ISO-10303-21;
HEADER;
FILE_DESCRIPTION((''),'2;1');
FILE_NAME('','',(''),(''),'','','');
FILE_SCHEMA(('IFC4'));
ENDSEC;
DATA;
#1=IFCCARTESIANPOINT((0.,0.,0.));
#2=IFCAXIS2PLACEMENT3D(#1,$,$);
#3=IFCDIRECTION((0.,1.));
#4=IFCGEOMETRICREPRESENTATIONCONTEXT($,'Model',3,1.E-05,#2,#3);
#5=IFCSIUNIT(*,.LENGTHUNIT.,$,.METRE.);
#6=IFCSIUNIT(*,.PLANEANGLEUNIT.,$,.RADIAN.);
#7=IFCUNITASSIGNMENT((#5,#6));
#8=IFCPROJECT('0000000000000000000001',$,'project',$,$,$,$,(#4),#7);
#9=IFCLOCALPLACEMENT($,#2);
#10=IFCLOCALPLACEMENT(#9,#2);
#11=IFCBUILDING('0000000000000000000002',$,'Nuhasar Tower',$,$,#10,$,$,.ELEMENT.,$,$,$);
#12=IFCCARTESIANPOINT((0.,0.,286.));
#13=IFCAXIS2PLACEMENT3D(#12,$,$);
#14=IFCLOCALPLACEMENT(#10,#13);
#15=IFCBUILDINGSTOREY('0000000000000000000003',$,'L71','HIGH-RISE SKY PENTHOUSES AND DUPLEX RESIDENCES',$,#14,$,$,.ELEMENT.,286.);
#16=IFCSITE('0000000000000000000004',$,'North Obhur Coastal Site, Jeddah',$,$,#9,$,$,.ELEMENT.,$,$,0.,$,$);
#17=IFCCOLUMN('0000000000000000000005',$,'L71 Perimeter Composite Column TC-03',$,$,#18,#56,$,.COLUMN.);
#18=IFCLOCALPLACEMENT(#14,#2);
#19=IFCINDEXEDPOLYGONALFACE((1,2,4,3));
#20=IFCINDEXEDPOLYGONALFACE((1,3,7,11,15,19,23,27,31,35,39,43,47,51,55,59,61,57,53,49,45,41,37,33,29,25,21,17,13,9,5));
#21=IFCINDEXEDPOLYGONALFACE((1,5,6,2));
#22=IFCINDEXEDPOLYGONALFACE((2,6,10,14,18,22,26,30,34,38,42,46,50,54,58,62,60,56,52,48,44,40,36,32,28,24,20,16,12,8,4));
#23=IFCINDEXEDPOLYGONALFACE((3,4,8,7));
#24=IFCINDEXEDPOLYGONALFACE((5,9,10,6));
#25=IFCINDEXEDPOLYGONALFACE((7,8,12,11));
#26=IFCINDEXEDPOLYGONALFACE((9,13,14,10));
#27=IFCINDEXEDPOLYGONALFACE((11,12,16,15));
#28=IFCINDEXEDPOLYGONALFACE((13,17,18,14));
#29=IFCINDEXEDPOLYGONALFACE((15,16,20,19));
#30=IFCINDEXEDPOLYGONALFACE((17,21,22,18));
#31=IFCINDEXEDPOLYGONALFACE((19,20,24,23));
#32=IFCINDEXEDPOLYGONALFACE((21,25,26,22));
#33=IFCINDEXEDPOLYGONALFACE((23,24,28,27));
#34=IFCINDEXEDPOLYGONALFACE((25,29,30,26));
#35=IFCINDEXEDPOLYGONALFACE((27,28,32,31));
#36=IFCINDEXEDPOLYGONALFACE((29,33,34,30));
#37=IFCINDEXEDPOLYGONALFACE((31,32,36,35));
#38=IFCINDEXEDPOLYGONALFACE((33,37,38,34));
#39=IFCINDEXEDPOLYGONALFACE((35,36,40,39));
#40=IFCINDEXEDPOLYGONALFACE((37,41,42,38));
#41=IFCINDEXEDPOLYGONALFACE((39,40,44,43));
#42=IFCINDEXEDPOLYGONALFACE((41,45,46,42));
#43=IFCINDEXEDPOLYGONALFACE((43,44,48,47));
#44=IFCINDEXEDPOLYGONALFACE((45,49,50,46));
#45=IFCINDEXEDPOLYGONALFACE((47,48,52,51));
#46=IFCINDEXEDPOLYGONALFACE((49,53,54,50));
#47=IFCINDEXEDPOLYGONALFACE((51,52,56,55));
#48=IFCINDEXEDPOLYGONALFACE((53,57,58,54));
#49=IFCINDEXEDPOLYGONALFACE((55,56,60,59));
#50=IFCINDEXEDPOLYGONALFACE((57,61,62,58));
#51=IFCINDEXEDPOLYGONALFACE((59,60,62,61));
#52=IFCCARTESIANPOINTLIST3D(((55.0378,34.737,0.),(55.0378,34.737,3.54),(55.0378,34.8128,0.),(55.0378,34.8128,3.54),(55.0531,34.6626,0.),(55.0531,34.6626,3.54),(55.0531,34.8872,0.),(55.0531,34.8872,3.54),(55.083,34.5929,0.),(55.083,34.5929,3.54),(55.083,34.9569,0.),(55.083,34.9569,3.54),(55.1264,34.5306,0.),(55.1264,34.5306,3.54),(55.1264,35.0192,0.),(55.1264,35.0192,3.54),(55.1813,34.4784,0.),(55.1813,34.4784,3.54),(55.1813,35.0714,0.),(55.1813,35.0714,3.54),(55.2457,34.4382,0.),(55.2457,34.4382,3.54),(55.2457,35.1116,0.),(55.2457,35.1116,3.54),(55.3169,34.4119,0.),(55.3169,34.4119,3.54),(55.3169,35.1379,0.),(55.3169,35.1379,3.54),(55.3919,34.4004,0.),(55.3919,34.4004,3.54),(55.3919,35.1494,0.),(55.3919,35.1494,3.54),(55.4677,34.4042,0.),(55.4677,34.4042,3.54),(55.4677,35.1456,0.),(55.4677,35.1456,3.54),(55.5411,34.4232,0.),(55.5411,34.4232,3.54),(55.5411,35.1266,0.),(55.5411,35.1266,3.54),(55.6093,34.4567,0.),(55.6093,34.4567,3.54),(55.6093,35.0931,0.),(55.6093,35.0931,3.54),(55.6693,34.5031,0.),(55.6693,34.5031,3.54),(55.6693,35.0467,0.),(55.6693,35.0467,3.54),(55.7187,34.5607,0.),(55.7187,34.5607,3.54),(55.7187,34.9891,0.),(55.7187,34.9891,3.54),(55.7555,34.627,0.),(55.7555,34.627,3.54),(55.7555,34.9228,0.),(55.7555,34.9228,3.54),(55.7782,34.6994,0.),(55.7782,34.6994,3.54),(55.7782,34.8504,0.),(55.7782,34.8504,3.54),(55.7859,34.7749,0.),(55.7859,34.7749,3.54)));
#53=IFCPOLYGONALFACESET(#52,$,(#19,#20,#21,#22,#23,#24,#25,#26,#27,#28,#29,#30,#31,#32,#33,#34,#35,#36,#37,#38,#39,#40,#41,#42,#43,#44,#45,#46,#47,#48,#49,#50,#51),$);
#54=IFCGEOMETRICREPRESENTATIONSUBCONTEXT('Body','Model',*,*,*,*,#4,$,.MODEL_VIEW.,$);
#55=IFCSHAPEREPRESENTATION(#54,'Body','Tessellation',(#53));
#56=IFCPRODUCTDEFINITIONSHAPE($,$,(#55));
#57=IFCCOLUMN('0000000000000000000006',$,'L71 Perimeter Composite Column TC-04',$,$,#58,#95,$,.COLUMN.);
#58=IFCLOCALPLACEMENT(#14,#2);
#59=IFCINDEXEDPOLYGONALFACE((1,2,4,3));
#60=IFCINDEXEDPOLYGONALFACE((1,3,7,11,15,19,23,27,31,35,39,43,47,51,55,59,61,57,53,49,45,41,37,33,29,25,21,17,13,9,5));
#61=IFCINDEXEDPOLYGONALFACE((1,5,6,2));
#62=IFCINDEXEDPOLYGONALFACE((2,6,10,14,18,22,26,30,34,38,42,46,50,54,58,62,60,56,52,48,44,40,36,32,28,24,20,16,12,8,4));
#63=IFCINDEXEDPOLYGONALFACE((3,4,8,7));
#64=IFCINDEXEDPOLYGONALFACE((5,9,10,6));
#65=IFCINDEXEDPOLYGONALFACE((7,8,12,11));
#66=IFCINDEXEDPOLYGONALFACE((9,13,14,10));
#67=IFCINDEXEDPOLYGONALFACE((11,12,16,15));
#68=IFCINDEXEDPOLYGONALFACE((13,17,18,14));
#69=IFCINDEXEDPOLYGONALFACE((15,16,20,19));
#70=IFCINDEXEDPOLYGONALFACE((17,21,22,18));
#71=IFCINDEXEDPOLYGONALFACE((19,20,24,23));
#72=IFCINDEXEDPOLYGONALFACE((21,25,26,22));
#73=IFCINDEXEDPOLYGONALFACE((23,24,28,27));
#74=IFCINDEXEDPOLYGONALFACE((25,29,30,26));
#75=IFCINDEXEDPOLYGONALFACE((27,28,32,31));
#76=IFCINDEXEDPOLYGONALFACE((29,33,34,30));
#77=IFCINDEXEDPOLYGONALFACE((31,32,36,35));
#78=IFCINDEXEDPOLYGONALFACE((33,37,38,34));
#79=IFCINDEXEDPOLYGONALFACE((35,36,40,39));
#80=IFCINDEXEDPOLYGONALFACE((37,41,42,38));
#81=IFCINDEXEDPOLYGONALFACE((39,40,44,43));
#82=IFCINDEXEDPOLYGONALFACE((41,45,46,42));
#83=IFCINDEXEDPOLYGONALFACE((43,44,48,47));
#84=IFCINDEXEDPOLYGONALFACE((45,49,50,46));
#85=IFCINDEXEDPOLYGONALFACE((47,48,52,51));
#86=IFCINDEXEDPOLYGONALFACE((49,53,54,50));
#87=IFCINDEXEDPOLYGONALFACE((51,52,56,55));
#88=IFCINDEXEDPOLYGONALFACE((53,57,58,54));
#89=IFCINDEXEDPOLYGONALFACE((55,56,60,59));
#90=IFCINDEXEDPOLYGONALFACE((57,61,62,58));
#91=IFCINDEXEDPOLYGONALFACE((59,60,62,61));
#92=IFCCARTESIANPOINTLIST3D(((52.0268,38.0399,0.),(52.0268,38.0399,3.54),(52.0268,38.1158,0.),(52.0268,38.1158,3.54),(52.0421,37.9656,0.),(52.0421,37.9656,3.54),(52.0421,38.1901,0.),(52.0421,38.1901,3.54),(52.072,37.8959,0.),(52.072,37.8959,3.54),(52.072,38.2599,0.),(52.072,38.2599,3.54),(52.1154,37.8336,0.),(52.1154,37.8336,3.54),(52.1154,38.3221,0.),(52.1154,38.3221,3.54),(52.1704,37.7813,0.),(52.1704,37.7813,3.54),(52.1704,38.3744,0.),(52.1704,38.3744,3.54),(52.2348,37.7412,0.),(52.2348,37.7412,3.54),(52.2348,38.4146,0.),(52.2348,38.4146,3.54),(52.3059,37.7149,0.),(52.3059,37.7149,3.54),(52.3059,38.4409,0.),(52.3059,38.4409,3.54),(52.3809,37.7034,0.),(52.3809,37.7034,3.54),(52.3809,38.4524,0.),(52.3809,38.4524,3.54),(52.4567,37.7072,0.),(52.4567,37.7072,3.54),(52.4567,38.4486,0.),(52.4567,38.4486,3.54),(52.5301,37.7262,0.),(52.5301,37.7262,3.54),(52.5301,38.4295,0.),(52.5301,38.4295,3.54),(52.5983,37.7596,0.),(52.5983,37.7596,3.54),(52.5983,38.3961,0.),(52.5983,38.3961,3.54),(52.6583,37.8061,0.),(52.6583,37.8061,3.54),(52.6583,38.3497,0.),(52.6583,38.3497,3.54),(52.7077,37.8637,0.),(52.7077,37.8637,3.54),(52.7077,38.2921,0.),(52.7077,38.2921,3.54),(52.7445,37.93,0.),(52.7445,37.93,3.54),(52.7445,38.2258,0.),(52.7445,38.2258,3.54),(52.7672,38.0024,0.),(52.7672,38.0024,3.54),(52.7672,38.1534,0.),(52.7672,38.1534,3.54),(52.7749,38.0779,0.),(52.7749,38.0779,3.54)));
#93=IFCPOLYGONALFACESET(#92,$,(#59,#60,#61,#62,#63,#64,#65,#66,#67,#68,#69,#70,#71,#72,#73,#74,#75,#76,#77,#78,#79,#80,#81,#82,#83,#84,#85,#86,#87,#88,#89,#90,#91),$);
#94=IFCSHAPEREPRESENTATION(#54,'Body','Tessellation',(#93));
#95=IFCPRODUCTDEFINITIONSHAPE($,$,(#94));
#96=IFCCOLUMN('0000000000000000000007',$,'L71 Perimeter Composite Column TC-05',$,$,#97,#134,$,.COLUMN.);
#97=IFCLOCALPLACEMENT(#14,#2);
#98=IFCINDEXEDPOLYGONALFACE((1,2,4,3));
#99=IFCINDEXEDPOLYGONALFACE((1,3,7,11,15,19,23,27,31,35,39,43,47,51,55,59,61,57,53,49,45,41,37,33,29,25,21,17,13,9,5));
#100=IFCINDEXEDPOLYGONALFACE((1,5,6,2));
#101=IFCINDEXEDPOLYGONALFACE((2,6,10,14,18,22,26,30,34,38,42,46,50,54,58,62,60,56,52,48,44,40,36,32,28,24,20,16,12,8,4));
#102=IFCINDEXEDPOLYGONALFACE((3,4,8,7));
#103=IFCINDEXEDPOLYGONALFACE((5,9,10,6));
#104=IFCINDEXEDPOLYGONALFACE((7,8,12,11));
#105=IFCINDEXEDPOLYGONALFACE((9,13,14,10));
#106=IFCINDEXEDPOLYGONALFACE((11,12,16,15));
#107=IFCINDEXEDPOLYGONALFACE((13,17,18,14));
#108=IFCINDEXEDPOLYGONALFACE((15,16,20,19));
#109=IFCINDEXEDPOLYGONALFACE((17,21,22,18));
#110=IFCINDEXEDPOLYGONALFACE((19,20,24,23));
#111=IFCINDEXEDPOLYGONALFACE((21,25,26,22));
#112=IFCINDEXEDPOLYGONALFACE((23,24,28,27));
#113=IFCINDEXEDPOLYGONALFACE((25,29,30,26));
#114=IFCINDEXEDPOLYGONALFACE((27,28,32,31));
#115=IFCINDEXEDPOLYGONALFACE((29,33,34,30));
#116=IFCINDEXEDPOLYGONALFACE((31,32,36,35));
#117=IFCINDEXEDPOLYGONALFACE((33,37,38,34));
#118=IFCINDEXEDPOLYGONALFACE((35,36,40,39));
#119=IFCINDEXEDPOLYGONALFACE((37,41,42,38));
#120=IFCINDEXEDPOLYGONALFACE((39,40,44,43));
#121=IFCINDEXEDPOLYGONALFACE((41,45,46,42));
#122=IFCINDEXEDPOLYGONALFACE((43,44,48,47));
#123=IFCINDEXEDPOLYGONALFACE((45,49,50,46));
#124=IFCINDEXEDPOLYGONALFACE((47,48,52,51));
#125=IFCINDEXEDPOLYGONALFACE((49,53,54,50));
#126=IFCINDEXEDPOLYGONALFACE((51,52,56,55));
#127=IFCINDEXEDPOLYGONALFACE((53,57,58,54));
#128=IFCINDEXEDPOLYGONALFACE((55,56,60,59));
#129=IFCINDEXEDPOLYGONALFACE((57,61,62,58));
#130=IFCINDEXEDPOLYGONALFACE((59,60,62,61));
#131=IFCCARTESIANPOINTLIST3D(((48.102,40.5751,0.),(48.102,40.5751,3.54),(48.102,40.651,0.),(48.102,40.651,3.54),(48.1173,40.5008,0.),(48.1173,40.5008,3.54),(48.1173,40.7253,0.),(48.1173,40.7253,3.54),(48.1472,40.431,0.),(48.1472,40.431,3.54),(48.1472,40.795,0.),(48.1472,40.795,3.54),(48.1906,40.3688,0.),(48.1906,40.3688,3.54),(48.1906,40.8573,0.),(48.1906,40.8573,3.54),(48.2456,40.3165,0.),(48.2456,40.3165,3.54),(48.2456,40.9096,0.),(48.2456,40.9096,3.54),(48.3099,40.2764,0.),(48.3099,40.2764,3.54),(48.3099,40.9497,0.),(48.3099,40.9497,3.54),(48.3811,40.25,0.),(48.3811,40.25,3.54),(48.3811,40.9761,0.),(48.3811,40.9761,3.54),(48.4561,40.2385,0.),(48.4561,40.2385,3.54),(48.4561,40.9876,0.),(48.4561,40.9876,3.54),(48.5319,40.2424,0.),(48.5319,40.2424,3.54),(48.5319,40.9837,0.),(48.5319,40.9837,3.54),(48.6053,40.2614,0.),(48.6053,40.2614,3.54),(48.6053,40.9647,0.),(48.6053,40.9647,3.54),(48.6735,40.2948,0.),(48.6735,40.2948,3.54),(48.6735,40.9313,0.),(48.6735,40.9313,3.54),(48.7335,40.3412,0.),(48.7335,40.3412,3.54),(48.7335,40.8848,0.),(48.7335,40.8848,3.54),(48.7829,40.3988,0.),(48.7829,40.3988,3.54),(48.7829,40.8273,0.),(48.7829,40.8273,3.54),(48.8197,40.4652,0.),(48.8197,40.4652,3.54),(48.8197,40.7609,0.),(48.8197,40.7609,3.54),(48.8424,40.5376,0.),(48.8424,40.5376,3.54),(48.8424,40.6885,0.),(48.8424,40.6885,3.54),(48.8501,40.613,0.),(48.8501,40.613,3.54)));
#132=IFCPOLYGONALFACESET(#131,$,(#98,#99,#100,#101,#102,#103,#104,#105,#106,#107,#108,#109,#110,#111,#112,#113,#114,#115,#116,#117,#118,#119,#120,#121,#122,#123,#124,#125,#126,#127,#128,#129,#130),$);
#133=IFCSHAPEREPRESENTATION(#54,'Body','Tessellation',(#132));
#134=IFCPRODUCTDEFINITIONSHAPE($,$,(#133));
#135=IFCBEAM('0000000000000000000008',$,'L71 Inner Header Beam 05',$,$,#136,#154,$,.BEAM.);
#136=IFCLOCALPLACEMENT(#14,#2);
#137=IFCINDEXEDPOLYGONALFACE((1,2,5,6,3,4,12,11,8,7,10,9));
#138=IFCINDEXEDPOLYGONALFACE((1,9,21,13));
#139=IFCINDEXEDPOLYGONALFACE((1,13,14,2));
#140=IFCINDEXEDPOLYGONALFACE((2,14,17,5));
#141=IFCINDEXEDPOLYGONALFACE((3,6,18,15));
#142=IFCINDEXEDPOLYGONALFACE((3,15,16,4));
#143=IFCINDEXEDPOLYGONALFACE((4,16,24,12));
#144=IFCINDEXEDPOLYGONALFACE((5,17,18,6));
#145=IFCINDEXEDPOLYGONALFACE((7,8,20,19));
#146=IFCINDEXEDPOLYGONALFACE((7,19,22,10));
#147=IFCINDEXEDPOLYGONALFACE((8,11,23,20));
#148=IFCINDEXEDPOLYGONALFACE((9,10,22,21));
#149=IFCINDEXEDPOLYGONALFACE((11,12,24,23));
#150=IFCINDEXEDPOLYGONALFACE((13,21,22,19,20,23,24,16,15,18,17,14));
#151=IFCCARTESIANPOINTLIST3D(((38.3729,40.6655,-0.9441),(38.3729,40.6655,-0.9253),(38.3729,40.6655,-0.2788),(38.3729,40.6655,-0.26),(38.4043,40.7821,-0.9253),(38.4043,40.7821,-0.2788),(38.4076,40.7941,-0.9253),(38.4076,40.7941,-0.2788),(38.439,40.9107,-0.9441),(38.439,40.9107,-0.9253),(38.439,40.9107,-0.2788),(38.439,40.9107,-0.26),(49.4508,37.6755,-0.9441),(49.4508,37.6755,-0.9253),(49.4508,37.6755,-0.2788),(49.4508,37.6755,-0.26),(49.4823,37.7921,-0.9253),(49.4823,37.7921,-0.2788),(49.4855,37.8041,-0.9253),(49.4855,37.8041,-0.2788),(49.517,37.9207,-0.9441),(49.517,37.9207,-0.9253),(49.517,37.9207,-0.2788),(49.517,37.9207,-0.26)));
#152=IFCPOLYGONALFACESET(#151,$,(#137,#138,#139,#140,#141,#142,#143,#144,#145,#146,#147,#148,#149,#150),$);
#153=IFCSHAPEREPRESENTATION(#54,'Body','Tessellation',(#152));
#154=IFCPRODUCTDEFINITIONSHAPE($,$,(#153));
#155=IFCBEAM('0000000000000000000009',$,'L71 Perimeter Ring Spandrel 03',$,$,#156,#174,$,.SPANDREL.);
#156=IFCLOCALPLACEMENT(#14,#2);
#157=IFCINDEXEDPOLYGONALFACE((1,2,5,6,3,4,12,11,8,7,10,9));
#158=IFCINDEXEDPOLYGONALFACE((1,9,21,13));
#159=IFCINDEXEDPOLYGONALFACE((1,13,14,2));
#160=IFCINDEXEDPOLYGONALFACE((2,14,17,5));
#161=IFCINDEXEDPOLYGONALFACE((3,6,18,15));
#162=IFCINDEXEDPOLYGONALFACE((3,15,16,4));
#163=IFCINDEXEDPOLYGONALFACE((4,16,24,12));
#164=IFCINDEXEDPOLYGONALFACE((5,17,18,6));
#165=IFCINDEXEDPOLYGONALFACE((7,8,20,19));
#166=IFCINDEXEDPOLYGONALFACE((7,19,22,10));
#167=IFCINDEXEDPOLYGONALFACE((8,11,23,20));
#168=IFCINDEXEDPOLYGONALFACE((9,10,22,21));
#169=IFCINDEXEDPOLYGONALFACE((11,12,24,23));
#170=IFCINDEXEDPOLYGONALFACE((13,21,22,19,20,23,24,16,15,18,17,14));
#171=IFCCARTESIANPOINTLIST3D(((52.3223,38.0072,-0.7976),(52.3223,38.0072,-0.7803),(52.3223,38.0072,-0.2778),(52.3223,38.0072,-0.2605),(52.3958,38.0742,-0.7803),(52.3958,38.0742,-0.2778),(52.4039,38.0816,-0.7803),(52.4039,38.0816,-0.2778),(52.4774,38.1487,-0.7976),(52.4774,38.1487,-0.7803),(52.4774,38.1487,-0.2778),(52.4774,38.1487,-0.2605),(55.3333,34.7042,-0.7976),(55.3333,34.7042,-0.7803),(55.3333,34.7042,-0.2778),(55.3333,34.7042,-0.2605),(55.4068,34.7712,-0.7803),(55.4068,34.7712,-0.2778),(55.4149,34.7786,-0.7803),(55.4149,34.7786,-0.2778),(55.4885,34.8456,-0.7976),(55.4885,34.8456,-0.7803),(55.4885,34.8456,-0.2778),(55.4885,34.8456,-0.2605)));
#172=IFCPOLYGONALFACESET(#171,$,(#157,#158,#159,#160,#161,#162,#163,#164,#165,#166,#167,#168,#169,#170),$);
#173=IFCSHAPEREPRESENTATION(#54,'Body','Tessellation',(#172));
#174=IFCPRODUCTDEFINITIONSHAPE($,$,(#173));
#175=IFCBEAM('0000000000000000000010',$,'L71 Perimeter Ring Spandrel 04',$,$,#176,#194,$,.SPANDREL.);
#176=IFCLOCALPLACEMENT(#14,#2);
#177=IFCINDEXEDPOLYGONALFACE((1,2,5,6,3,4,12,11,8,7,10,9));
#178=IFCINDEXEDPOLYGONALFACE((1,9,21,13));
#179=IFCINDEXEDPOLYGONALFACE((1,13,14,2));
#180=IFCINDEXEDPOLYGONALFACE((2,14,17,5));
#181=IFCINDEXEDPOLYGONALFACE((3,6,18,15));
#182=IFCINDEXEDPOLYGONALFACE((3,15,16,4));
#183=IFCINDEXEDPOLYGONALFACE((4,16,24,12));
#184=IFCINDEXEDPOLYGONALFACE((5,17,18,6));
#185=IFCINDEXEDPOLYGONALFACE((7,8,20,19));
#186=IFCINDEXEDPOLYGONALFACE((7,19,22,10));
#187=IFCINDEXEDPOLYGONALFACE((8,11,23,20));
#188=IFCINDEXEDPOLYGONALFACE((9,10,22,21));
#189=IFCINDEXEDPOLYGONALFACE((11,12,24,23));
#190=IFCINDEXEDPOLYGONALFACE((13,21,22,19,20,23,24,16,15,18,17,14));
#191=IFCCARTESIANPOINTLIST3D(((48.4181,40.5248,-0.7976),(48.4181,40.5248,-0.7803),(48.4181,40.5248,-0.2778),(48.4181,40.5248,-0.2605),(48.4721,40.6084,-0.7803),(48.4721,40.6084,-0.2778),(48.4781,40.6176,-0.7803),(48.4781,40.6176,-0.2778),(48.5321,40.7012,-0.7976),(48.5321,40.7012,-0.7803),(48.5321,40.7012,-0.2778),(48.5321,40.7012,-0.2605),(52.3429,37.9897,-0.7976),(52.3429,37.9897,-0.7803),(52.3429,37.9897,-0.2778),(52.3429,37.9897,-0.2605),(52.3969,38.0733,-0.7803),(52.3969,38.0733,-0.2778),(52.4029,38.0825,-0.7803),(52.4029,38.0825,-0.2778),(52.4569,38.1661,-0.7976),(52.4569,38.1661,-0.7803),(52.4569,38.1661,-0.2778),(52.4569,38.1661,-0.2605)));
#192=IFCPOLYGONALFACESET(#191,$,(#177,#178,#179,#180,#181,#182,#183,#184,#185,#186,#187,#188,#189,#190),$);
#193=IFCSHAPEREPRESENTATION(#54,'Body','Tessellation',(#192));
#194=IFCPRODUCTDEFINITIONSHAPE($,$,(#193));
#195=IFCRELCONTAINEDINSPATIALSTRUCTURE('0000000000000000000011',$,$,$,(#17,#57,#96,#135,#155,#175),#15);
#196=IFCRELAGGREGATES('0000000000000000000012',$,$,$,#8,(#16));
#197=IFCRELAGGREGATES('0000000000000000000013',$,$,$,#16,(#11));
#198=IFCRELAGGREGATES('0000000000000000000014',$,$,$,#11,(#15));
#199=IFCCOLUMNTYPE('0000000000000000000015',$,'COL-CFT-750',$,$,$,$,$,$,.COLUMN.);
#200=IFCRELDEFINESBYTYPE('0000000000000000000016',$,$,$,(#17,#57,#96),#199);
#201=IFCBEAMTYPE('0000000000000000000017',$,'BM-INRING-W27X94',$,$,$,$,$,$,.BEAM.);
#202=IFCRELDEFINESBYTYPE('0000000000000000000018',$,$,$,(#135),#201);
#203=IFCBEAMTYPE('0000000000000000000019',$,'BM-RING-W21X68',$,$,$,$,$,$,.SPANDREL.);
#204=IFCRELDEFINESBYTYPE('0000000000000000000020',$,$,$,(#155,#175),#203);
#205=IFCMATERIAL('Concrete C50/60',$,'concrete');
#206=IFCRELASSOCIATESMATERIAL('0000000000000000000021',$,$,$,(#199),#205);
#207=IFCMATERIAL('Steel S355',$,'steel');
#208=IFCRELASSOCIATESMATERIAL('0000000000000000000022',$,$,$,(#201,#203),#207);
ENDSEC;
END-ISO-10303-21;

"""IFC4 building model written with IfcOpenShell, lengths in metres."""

from ifc_helpers import new_model, si_unit, direction, frame, origin, origin_2d, place, context, subcontext, project, spatial, circle, i_section, extrude, material, material_profile, profile_set, type_object, element, save


model = new_model("IFC4")

# Units and contexts
model_context = context("Model", 3, precision=1e-05, world=origin(), true_north=direction((0.0, 1.0)))
body_context = subcontext(model_context, "Body", "Model", "MODEL_VIEW")
ifc_project = project(units=[si_unit("LENGTHUNIT", "METRE"), si_unit("PLANEANGLEUNIT", "RADIAN")], contexts=[model_context])

# Site, building, storey
site_placement = place(None, origin())
site = spatial("IfcSite", under=ifc_project, at=site_placement, Name="North Obhur Coastal Site, Jeddah", CompositionType="ELEMENT", RefElevation=0.0)
building_placement = place(site_placement, origin())
building = spatial("IfcBuilding", under=site, at=building_placement, Name="Nuhasar Tower", CompositionType="ELEMENT")
storey_placement = place(building_placement, frame((0.0, 0.0, 286.0)))
storey = spatial("IfcBuildingStorey", under=building, at=storey_placement, Name="L71", Description="HIGH-RISE SKY PENTHOUSES AND DUPLEX RESIDENCES", CompositionType="ELEMENT", Elevation=286.0)

# Columns
ifc_material_1 = material(Name="Concrete C50/60", Category="concrete")
ifc_material_profile_1 = material_profile(ifc_material_1, circle(Radius=0.375, at=origin_2d()), Name="CFT750")
ifc_profile_set_1 = profile_set([ifc_material_profile_1], Name="Concrete C50/60")
column_type = type_object("IfcColumnType", Name="COL-CFT-750", PredefinedType="COLUMN", material=ifc_profile_set_1)
for number, where, z_axis, x_axis, name in (
    (1, (55.4109, 34.7749, 0.0), (0.0, 0.0, 1.0), (1.0, 0.0, 0.0), "L71 Perimeter Composite Column TC-03"),
    (2, (52.3999, 38.0779, 0.0), (0.0, 0.0, 1.0), (1.0, 0.0, 0.0), "L71 Perimeter Composite Column TC-04"),
    (3, (48.4751, 40.613, 0.0), (0.0, 0.0, 1.0), (1.0, 0.0, 0.0), "L71 Perimeter Composite Column TC-05"),
):
    element("IfcColumn", number, at=place(storey_placement, frame(where, z_axis=z_axis, x_axis=x_axis)), inside=storey, type_object=column_type, Name=name, PredefinedType="COLUMN", context=body_context, shape_type="SweptSolid", body=[
        extrude(circle(Radius=0.375, at=origin_2d()), origin(), (0.0, 0.0, 1.0), 3.54),
    ])

# Beams
ifc_material_2 = material(Name="Steel S355", Category="steel")
ifc_material_profile_2 = material_profile(ifc_material_2, i_section(OverallWidth=0.2539, OverallDepth=0.6841, WebThickness=0.0125, FlangeThickness=0.0188, at=origin_2d()), Name="W27X94")
ifc_profile_set_2 = profile_set([ifc_material_profile_2], Name="Steel S355")
beam_type_1 = type_object("IfcBeamType", Name="BM-INRING-W27X94", PredefinedType="BEAM", material=ifc_profile_set_2)
beam_1_placement = place(storey_placement, frame((49.4839, 37.7981, -0.6021), z_axis=(-0.965452, 0.260582, 0.0), x_axis=(-0.260582, -0.965452, 0.0)))
element("IfcBeam", 4, at=beam_1_placement, inside=storey, type_object=beam_type_1, Name="L71 Inner Header Beam 05", PredefinedType="BEAM", context=body_context, shape_type="SweptSolid", body=[
    extrude(i_section(OverallWidth=0.2539, OverallDepth=0.6841, WebThickness=0.0125, FlangeThickness=0.0188, at=origin_2d()), origin(), (0.0, 0.0, 1.0), 11.4744),
])
ifc_material_profile_3 = material_profile(ifc_material_2, i_section(OverallWidth=0.21, OverallDepth=0.5371, WebThickness=0.011, FlangeThickness=0.0173, at=origin_2d()), Name="W21X68")
ifc_profile_set_3 = profile_set([ifc_material_profile_3], Name="Steel S355")
beam_type_2 = type_object("IfcBeamType", Name="BM-RING-W21X68", PredefinedType="SPANDREL", material=ifc_profile_set_3)
beam_2_placement = place(storey_placement, frame((55.4109, 34.7749, -0.5291), z_axis=(-0.673686, 0.739017, 0.0), x_axis=(-0.739017, -0.673686, 0.0)))
element("IfcBeam", 5, at=beam_2_placement, inside=storey, type_object=beam_type_2, Name="L71 Perimeter Ring Spandrel 03", PredefinedType="SPANDREL", context=body_context, shape_type="SweptSolid", body=[
    extrude(i_section(OverallWidth=0.21, OverallDepth=0.5371, WebThickness=0.011, FlangeThickness=0.0173, at=origin_2d()), origin(), (0.0, 0.0, 1.0), 4.4695),
])
beam_3_placement = place(storey_placement, frame((52.3999, 38.0779, -0.5291), z_axis=(-0.840002, 0.542584, 0.0), x_axis=(-0.542584, -0.840002, 0.0)))
element("IfcBeam", 6, at=beam_3_placement, inside=storey, type_object=beam_type_2, Name="L71 Perimeter Ring Spandrel 04", PredefinedType="SPANDREL", context=body_context, shape_type="SweptSolid", body=[
    extrude(i_section(OverallWidth=0.21, OverallDepth=0.5371, WebThickness=0.011, FlangeThickness=0.0173, at=origin_2d()), origin(), (0.0, 0.0, 1.0), 4.6724),
])

save(model, "model.ifc")
